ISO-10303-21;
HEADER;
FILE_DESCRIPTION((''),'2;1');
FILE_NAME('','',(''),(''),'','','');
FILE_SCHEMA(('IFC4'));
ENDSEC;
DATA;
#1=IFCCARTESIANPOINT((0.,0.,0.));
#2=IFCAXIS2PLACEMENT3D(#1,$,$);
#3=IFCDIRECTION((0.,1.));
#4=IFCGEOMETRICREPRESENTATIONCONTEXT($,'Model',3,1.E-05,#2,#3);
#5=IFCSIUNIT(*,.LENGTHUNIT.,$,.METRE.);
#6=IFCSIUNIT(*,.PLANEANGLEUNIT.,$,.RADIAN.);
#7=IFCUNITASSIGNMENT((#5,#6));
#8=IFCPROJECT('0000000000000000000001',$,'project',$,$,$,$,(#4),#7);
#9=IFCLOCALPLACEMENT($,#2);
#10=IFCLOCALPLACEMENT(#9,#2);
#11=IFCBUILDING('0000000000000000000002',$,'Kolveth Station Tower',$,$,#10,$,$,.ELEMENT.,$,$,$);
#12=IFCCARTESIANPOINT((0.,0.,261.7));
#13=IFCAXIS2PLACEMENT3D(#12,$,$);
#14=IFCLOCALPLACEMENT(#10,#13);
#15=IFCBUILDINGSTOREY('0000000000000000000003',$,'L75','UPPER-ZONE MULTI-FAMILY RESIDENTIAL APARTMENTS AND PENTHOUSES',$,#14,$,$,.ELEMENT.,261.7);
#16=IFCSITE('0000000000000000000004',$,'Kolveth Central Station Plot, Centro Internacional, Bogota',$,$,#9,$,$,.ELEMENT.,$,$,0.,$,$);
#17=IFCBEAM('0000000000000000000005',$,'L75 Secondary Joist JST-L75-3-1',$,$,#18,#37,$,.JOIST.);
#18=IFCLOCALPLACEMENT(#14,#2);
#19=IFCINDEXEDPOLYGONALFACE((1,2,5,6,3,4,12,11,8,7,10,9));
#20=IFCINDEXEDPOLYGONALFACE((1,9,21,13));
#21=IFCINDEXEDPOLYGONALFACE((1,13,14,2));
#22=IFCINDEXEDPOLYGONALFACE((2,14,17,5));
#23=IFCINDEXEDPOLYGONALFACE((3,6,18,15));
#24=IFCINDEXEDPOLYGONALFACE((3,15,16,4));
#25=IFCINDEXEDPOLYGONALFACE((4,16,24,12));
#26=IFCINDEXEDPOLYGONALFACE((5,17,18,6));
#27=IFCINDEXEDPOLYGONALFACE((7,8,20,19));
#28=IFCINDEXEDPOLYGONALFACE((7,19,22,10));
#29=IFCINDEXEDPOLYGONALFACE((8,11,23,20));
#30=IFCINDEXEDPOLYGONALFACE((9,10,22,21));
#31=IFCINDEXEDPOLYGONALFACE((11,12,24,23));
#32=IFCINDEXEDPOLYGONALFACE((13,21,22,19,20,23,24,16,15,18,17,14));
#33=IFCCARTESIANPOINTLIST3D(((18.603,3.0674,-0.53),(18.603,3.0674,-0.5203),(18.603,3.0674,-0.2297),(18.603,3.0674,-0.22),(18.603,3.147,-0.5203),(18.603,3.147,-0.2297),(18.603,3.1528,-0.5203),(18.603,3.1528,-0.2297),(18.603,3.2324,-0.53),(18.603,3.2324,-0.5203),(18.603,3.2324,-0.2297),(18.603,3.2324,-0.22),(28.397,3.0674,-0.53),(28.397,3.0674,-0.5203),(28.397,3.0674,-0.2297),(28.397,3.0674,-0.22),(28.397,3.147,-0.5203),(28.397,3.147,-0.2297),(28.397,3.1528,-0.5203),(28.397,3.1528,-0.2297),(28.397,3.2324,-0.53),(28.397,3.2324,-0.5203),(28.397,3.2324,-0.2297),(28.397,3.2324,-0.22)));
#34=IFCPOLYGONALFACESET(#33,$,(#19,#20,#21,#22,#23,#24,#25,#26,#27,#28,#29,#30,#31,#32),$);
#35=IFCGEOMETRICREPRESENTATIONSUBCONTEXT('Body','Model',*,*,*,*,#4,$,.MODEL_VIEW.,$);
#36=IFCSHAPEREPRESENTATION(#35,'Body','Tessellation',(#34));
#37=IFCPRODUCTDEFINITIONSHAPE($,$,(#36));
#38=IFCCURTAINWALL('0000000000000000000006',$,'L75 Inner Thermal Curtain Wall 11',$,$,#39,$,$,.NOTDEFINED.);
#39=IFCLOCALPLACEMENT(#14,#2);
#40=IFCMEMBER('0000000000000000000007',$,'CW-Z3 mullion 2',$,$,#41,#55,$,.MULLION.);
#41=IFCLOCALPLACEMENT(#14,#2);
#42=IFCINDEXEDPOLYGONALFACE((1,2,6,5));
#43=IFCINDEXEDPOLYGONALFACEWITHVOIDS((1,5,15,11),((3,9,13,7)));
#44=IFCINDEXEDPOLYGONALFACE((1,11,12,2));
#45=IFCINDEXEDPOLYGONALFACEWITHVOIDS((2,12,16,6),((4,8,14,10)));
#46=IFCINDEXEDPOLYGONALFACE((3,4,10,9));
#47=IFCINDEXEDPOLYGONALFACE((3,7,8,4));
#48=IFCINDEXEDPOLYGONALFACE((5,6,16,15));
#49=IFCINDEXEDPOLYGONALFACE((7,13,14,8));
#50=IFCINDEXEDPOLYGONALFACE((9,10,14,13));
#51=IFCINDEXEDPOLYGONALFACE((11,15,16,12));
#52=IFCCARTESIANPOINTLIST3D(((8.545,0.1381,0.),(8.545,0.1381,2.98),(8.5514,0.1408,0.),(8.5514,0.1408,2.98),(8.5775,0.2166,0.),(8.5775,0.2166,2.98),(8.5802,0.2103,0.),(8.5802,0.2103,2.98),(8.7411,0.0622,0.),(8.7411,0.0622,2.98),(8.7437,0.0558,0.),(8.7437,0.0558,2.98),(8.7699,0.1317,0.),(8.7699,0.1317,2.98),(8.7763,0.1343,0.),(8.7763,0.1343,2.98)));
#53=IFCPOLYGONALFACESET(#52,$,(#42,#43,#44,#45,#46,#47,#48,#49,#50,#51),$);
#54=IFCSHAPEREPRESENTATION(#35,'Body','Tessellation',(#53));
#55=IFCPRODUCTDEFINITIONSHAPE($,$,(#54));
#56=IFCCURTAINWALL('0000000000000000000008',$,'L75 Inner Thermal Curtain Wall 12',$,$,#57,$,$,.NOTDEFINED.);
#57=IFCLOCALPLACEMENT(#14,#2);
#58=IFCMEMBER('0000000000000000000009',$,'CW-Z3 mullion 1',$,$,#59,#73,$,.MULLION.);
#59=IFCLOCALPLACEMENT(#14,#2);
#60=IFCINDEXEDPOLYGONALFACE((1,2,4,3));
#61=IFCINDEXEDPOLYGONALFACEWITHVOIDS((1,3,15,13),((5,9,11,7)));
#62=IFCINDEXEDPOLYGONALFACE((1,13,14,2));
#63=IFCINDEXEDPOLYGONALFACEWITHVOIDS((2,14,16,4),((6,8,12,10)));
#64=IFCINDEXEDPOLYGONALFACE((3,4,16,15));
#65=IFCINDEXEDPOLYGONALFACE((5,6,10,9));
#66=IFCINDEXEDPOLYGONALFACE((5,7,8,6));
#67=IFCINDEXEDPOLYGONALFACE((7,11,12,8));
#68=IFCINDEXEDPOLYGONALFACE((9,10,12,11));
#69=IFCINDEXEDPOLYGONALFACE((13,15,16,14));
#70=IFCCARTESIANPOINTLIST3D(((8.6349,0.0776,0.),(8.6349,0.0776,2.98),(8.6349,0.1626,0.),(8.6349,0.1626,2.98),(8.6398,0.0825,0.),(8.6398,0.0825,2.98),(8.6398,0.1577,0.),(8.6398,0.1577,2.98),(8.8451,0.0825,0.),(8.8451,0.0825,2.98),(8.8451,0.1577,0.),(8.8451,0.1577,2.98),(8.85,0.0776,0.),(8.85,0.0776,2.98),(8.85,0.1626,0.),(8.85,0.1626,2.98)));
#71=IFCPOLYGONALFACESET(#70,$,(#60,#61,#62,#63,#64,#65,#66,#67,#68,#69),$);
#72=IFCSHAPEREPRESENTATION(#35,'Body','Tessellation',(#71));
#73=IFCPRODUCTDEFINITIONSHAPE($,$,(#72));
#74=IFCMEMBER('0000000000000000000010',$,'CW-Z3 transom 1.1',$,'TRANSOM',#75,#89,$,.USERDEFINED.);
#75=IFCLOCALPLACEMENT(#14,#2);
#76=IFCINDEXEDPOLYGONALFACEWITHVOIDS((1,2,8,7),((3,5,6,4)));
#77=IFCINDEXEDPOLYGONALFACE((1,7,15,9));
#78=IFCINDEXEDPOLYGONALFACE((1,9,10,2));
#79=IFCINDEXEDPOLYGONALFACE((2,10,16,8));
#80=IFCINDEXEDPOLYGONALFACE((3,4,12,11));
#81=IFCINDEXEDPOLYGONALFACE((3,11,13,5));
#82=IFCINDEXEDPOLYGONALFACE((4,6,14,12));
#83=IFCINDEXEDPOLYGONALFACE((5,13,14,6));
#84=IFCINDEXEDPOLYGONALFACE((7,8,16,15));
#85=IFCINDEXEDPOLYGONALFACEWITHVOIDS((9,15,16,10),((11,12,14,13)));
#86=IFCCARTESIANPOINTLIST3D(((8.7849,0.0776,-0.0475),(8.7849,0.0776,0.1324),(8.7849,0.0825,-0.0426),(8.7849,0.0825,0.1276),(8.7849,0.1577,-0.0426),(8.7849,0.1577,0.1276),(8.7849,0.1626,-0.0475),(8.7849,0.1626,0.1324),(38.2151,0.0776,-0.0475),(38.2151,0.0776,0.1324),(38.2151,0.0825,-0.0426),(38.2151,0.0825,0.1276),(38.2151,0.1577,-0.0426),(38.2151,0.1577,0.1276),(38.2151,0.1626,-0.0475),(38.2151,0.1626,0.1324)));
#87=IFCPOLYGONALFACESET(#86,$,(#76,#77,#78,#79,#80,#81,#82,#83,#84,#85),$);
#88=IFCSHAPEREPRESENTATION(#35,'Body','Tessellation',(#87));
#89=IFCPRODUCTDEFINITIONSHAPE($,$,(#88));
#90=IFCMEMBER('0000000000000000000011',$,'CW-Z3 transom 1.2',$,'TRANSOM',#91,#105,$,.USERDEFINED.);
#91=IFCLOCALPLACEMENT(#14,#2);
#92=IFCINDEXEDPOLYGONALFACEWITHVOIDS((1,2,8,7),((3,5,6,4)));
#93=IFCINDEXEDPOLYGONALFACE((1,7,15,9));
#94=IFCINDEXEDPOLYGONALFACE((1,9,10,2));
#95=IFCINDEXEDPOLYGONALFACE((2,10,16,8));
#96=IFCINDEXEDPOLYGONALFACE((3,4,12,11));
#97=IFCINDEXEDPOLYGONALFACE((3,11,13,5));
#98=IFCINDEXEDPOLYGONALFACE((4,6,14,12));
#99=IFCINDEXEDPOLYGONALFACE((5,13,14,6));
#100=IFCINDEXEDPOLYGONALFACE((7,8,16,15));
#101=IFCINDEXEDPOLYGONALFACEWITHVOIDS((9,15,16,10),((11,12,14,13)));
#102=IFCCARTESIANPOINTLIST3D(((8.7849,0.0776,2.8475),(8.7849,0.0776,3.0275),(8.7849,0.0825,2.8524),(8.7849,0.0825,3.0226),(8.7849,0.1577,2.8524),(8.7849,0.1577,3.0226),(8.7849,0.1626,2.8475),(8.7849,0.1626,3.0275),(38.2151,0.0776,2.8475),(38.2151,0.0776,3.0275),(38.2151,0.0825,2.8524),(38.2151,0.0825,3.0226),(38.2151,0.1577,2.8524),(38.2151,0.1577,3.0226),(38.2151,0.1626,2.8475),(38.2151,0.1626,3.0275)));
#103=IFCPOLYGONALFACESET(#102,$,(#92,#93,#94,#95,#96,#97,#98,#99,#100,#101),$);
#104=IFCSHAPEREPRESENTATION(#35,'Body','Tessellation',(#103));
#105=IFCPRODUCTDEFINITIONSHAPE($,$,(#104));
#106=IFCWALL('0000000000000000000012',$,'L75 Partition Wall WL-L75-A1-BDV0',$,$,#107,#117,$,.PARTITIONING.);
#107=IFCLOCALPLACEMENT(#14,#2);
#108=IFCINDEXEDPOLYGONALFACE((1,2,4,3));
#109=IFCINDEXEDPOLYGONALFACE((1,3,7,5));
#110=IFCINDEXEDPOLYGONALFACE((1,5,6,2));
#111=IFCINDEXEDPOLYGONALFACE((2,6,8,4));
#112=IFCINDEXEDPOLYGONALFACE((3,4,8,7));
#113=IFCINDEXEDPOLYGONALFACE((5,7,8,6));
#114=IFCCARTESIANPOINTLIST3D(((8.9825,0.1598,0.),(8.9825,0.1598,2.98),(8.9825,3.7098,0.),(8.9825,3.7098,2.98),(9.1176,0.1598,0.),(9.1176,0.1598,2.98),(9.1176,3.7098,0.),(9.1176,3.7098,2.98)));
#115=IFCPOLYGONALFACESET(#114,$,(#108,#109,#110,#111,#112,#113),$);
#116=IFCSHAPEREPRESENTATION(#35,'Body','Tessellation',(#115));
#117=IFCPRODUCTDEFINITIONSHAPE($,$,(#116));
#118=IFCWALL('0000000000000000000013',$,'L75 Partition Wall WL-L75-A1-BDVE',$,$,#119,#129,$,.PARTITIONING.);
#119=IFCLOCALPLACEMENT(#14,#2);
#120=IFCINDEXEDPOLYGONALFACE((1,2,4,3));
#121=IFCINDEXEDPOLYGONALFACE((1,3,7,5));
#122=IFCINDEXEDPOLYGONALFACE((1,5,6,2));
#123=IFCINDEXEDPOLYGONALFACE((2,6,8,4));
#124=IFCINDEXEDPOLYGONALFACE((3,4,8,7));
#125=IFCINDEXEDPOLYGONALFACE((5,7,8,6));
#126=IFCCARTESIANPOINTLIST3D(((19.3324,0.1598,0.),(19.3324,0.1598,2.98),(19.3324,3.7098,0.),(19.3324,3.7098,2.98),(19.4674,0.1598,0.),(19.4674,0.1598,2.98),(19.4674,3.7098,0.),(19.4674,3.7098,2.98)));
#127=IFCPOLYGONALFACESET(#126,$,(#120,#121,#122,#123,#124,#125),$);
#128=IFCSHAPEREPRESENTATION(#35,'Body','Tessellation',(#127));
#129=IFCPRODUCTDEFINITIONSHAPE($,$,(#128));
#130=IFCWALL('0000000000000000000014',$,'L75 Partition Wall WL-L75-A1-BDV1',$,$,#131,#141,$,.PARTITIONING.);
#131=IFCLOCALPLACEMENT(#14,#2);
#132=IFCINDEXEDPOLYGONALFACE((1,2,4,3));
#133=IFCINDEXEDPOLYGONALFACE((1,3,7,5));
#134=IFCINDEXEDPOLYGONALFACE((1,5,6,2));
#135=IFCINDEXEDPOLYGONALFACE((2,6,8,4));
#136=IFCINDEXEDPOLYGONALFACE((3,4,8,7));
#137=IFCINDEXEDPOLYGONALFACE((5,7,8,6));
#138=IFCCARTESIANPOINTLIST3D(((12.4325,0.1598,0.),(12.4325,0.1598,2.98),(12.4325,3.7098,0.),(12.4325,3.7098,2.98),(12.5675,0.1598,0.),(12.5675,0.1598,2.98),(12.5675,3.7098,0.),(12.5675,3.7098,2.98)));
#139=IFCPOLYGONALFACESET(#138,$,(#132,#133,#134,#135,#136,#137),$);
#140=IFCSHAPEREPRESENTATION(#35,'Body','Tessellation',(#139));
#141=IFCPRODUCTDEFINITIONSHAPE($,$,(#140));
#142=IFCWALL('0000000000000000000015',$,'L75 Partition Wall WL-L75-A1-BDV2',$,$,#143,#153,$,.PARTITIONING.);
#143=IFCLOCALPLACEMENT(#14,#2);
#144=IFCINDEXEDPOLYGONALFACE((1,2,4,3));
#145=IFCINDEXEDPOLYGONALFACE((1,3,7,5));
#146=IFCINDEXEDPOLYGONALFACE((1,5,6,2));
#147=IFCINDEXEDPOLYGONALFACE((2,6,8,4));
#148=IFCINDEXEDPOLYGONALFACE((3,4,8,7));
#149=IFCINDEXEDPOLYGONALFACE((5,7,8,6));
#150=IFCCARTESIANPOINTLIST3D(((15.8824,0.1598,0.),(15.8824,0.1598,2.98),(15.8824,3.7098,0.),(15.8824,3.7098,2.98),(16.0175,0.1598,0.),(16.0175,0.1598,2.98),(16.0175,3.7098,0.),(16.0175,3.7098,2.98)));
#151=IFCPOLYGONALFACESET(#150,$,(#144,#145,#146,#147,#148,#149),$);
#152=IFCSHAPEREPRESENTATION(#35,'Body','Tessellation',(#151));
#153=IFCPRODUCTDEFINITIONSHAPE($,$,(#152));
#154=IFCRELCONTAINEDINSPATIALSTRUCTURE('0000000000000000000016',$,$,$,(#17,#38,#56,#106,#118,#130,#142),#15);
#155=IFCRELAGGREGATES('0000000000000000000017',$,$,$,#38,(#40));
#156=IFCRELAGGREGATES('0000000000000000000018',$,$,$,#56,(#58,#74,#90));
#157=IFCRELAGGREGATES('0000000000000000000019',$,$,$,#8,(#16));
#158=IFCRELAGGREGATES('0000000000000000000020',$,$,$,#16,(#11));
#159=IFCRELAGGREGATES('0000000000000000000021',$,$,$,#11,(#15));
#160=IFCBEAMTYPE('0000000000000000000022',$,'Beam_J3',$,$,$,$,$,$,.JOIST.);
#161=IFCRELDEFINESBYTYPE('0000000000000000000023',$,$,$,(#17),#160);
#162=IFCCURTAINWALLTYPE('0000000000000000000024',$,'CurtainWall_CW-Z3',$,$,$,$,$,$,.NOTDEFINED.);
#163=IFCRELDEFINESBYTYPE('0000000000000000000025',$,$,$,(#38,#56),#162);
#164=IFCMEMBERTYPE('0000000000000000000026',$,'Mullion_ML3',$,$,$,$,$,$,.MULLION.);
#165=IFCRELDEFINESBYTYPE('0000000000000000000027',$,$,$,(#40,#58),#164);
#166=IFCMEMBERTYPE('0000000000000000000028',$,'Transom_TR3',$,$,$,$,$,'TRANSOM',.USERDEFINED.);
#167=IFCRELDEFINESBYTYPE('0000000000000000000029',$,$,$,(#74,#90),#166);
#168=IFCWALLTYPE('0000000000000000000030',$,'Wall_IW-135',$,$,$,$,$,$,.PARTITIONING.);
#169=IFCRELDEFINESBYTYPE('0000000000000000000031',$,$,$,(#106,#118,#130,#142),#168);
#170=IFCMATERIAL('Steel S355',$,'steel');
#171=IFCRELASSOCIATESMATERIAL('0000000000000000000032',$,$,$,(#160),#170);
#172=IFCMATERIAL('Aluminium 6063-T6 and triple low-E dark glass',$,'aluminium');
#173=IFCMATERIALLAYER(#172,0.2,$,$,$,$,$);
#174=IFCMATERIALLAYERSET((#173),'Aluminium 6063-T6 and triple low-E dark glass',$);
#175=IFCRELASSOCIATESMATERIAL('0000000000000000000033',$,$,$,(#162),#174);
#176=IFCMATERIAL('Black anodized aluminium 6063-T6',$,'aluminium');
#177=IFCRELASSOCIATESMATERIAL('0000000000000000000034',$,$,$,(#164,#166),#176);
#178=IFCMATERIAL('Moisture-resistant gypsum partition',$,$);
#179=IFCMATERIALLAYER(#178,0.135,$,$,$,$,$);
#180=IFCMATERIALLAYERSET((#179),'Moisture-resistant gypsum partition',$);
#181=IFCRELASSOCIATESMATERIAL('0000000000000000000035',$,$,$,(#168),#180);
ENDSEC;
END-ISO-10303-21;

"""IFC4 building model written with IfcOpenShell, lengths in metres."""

from ifc_helpers import new_model, si_unit, direction, frame, frame_2d, origin, origin_2d, place, context, subcontext, project, spatial, rectangle, hollow_rectangle, i_section, extrude, source, transform, mapped, material, layer, layer_set, material_profile, profile_set, type_object, element, aggregate, save


model = new_model("IFC4")

# Units and contexts
model_context = context("Model", 3, precision=1e-05, world=origin(), true_north=direction((0.0, 1.0)))
body_context = subcontext(model_context, "Body", "Model", "MODEL_VIEW")
ifc_project = project(units=[si_unit("LENGTHUNIT", "METRE"), si_unit("PLANEANGLEUNIT", "RADIAN")], contexts=[model_context])

# Site, building, storey
site_placement = place(None, origin())
site = spatial("IfcSite", under=ifc_project, at=site_placement, Name="Kolveth Central Station Plot, Centro Internacional, Bogota", CompositionType="ELEMENT", RefElevation=0.0)
building_placement = place(site_placement, origin())
building = spatial("IfcBuilding", under=site, at=building_placement, Name="Kolveth Station Tower", CompositionType="ELEMENT")
storey_placement = place(building_placement, frame((0.0, 0.0, 261.7)))
storey = spatial("IfcBuildingStorey", under=building, at=storey_placement, Name="L75", Description="UPPER-ZONE MULTI-FAMILY RESIDENTIAL APARTMENTS AND PENTHOUSES", CompositionType="ELEMENT", Elevation=261.7)

# Shared definitions
ifc_material_1 = material(Name="Steel S355", Category="steel")

# Beam
ifc_material_profile_1 = material_profile(ifc_material_1, i_section(OverallWidth=0.165, OverallDepth=0.3101, WebThickness=0.0059, FlangeThickness=0.0098, at=origin_2d()), Name="W310x39")
ifc_profile_set_1 = profile_set([ifc_material_profile_1], Name="Steel S355")
beam_type_1 = type_object("IfcBeamType", Name="Beam_J3", PredefinedType="JOIST", material=ifc_profile_set_1)
shared_shape_1 = source(origin(), body_context, "Body", "SweptSolid", [
    extrude(i_section(OverallWidth=0.165, OverallDepth=0.3101, WebThickness=0.0059, FlangeThickness=0.0098, at=origin_2d()), origin(), (0.0, 0.0, 1.0), 9.7939),
])
beam_1_placement = place(storey_placement, frame((18.603, 3.1499, -0.375), z_axis=(1.0, 0.0, 0.0), x_axis=(0.0, 1.0, 0.0)))
element("IfcBeam", 1, at=beam_1_placement, inside=storey, type_object=beam_type_1, Name="L75 Secondary Joist JST-L75-3-1", PredefinedType="JOIST", context=body_context, shape_type="MappedRepresentation", body=[
    mapped(shared_shape_1, transform((0.0, 0.0, 0.0), x_axis=(1.0, 0.0, 0.0), y_axis=(0.0, 1.0, 0.0), z_axis=(0.0, 0.0, 1.0), scale=1.0)),
])

# Curtain wall, member
ifc_material_2 = material(Name="Aluminium 6063-T6 and triple low-E dark glass", Category="aluminium")
ifc_layer_1 = layer(ifc_material_2, 0.2)
ifc_layer_set_1 = layer_set([ifc_layer_1], Name="Aluminium 6063-T6 and triple low-E dark glass")
curtain_wall_type = type_object("IfcCurtainWallType", Name="CurtainWall_CW-Z3", PredefinedType="NOTDEFINED", material=ifc_layer_set_1)
curtain_wall_1_placement = place(storey_placement, origin())
curtain_wall_1 = element("IfcCurtainWall", 2, at=curtain_wall_1_placement, inside=storey, type_object=curtain_wall_type, Name="L75 Inner Thermal Curtain Wall 11", PredefinedType="NOTDEFINED")
ifc_material_3 = material(Name="Black anodized aluminium 6063-T6", Category="aluminium")
ifc_material_profile_2 = material_profile(ifc_material_3, hollow_rectangle(XDim=0.085, YDim=0.2151, WallThickness=0.0049, at=origin_2d()), Name="ALU-85x215x5")
ifc_profile_set_2 = profile_set([ifc_material_profile_2], Name="Black anodized aluminium 6063-T6")
member_type_1 = type_object("IfcMemberType", Name="Mullion_ML3", PredefinedType="MULLION", material=ifc_profile_set_2)
shared_shape_2 = source(origin(), body_context, "Body", "SweptSolid", [
    extrude(hollow_rectangle(XDim=0.085, YDim=0.2151, WallThickness=0.0049, at=origin_2d()), origin(), (0.0, 0.0, 1.0), 2.98),
])
member_1_placement = place(storey_placement, frame((8.6606, 0.1362, 0.0), z_axis=(0.0, 0.0, 1.0), x_axis=(0.382693, 0.923875, 0.0)))
member_1 = element("IfcMember", 3, at=member_1_placement, type_object=member_type_1, Name="CW-Z3 mullion 2", PredefinedType="MULLION", context=body_context, shape_type="MappedRepresentation", body=[
    mapped(shared_shape_2, transform((0.0, 0.0, 0.0), x_axis=(1.0, 0.0, 0.0), y_axis=(0.0, 1.0, 0.0), z_axis=(0.0, 0.0, 1.0), scale=1.0)),
])
aggregate(curtain_wall_1, [member_1])

# Curtain wall, members
curtain_wall_2_placement = place(storey_placement, origin())
curtain_wall_2 = element("IfcCurtainWall", 4, at=curtain_wall_2_placement, inside=storey, type_object=curtain_wall_type, Name="L75 Inner Thermal Curtain Wall 12", PredefinedType="NOTDEFINED")
member_2_placement = place(storey_placement, frame((8.7424, 0.1201, 0.0), z_axis=(0.0, 0.0, 1.0), x_axis=(0.0, 1.0, 0.0)))
member_2 = element("IfcMember", 5, at=member_2_placement, type_object=member_type_1, Name="CW-Z3 mullion 1", PredefinedType="MULLION", context=body_context, shape_type="MappedRepresentation", body=[
    mapped(shared_shape_2, transform((0.0, 0.0, 0.0), x_axis=(1.0, 0.0, 0.0), y_axis=(0.0, 1.0, 0.0), z_axis=(0.0, 0.0, 1.0), scale=1.0)),
])
ifc_material_profile_3 = material_profile(ifc_material_3, hollow_rectangle(XDim=0.085, YDim=0.1799, WallThickness=0.0049, at=origin_2d()), Name="ALU-85x180x5")
ifc_profile_set_3 = profile_set([ifc_material_profile_3], Name="Black anodized aluminium 6063-T6")
member_type_2 = type_object("IfcMemberType", Name="Transom_TR3", ElementType="TRANSOM", PredefinedType="USERDEFINED", material=ifc_profile_set_3)
shared_shape_3 = source(origin(), body_context, "Body", "SweptSolid", [
    extrude(hollow_rectangle(XDim=0.085, YDim=0.1799, WallThickness=0.0049, at=origin_2d()), origin(), (0.0, 0.0, 1.0), 29.4302),
])
member_3_placement = place(storey_placement, frame((8.7849, 0.1201, 0.0425), z_axis=(1.0, 0.0, 0.0), x_axis=(0.0, 1.0, 0.0)))
member_3 = element("IfcMember", 6, at=member_3_placement, type_object=member_type_2, Name="CW-Z3 transom 1.1", ObjectType="TRANSOM", PredefinedType="USERDEFINED", context=body_context, shape_type="MappedRepresentation", body=[
    mapped(shared_shape_3, transform((0.0, 0.0, 0.0), x_axis=(1.0, 0.0, 0.0), y_axis=(0.0, 1.0, 0.0), z_axis=(0.0, 0.0, 1.0), scale=1.0)),
])
member_4_placement = place(storey_placement, frame((8.7849, 0.1201, 2.9375), z_axis=(1.0, 0.0, 0.0), x_axis=(0.0, 1.0, 0.0)))
member_4 = element("IfcMember", 7, at=member_4_placement, type_object=member_type_2, Name="CW-Z3 transom 1.2", ObjectType="TRANSOM", PredefinedType="USERDEFINED", context=body_context, shape_type="MappedRepresentation", body=[
    mapped(shared_shape_3, transform((0.0, 0.0, 0.0), x_axis=(1.0, 0.0, 0.0), y_axis=(0.0, 1.0, 0.0), z_axis=(0.0, 0.0, 1.0), scale=1.0)),
])
aggregate(curtain_wall_2, [member_2, member_3, member_4])

# Walls
ifc_material_4 = material(Name="Moisture-resistant gypsum partition")
ifc_layer_2 = layer(ifc_material_4, 0.135)
ifc_layer_set_2 = layer_set([ifc_layer_2], Name="Moisture-resistant gypsum partition")
wall_type = type_object("IfcWallType", Name="Wall_IW-135", PredefinedType="PARTITIONING", material=ifc_layer_set_2)
for number, where, z_axis, x_axis, name in (
    (8, (9.05, 0.1599, 0.0), (0.0, 0.0, 1.0), (0.0, 1.0, 0.0), "L75 Partition Wall WL-L75-A1-BDV0"),
    (9, (19.3999, 0.1599, 0.0), (0.0, 0.0, 1.0), (0.0, 1.0, 0.0), "L75 Partition Wall WL-L75-A1-BDVE"),
):
    element("IfcWall", number, at=place(storey_placement, frame(where, z_axis=z_axis, x_axis=x_axis)), inside=storey, type_object=wall_type, Name=name, PredefinedType="PARTITIONING", context=body_context, shape_type="SweptSolid", body=[
        extrude(rectangle(XDim=3.55, YDim=0.135, at=frame_2d((1.7749, 0.0))), origin(), (0.0, 0.0, 1.0), 2.98),
    ])

# Wall
wall_1_placement = place(storey_placement, frame((12.5, 0.1599, 0.0), z_axis=(0.0, 0.0, 1.0), x_axis=(0.0, 1.0, 0.0)))
element("IfcWall", 10, at=wall_1_placement, inside=storey, type_object=wall_type, Name="L75 Partition Wall WL-L75-A1-BDV1", PredefinedType="PARTITIONING", context=body_context, shape_type="SweptSolid", body=[
    extrude(rectangle(XDim=3.55, YDim=0.135, at=frame_2d((1.7749, 0.0))), origin(), (0.0, 0.0, 1.0), 2.98),
])

# Wall
wall_2_placement = place(storey_placement, frame((15.95, 0.1599, 0.0), z_axis=(0.0, 0.0, 1.0), x_axis=(0.0, 1.0, 0.0)))
element("IfcWall", 11, at=wall_2_placement, inside=storey, type_object=wall_type, Name="L75 Partition Wall WL-L75-A1-BDV2", PredefinedType="PARTITIONING", context=body_context, shape_type="SweptSolid", body=[
    extrude(rectangle(XDim=3.55, YDim=0.135, at=frame_2d((1.7749, 0.0))), origin(), (0.0, 0.0, 1.0), 2.98),
])

save(model, "model.ifc")
